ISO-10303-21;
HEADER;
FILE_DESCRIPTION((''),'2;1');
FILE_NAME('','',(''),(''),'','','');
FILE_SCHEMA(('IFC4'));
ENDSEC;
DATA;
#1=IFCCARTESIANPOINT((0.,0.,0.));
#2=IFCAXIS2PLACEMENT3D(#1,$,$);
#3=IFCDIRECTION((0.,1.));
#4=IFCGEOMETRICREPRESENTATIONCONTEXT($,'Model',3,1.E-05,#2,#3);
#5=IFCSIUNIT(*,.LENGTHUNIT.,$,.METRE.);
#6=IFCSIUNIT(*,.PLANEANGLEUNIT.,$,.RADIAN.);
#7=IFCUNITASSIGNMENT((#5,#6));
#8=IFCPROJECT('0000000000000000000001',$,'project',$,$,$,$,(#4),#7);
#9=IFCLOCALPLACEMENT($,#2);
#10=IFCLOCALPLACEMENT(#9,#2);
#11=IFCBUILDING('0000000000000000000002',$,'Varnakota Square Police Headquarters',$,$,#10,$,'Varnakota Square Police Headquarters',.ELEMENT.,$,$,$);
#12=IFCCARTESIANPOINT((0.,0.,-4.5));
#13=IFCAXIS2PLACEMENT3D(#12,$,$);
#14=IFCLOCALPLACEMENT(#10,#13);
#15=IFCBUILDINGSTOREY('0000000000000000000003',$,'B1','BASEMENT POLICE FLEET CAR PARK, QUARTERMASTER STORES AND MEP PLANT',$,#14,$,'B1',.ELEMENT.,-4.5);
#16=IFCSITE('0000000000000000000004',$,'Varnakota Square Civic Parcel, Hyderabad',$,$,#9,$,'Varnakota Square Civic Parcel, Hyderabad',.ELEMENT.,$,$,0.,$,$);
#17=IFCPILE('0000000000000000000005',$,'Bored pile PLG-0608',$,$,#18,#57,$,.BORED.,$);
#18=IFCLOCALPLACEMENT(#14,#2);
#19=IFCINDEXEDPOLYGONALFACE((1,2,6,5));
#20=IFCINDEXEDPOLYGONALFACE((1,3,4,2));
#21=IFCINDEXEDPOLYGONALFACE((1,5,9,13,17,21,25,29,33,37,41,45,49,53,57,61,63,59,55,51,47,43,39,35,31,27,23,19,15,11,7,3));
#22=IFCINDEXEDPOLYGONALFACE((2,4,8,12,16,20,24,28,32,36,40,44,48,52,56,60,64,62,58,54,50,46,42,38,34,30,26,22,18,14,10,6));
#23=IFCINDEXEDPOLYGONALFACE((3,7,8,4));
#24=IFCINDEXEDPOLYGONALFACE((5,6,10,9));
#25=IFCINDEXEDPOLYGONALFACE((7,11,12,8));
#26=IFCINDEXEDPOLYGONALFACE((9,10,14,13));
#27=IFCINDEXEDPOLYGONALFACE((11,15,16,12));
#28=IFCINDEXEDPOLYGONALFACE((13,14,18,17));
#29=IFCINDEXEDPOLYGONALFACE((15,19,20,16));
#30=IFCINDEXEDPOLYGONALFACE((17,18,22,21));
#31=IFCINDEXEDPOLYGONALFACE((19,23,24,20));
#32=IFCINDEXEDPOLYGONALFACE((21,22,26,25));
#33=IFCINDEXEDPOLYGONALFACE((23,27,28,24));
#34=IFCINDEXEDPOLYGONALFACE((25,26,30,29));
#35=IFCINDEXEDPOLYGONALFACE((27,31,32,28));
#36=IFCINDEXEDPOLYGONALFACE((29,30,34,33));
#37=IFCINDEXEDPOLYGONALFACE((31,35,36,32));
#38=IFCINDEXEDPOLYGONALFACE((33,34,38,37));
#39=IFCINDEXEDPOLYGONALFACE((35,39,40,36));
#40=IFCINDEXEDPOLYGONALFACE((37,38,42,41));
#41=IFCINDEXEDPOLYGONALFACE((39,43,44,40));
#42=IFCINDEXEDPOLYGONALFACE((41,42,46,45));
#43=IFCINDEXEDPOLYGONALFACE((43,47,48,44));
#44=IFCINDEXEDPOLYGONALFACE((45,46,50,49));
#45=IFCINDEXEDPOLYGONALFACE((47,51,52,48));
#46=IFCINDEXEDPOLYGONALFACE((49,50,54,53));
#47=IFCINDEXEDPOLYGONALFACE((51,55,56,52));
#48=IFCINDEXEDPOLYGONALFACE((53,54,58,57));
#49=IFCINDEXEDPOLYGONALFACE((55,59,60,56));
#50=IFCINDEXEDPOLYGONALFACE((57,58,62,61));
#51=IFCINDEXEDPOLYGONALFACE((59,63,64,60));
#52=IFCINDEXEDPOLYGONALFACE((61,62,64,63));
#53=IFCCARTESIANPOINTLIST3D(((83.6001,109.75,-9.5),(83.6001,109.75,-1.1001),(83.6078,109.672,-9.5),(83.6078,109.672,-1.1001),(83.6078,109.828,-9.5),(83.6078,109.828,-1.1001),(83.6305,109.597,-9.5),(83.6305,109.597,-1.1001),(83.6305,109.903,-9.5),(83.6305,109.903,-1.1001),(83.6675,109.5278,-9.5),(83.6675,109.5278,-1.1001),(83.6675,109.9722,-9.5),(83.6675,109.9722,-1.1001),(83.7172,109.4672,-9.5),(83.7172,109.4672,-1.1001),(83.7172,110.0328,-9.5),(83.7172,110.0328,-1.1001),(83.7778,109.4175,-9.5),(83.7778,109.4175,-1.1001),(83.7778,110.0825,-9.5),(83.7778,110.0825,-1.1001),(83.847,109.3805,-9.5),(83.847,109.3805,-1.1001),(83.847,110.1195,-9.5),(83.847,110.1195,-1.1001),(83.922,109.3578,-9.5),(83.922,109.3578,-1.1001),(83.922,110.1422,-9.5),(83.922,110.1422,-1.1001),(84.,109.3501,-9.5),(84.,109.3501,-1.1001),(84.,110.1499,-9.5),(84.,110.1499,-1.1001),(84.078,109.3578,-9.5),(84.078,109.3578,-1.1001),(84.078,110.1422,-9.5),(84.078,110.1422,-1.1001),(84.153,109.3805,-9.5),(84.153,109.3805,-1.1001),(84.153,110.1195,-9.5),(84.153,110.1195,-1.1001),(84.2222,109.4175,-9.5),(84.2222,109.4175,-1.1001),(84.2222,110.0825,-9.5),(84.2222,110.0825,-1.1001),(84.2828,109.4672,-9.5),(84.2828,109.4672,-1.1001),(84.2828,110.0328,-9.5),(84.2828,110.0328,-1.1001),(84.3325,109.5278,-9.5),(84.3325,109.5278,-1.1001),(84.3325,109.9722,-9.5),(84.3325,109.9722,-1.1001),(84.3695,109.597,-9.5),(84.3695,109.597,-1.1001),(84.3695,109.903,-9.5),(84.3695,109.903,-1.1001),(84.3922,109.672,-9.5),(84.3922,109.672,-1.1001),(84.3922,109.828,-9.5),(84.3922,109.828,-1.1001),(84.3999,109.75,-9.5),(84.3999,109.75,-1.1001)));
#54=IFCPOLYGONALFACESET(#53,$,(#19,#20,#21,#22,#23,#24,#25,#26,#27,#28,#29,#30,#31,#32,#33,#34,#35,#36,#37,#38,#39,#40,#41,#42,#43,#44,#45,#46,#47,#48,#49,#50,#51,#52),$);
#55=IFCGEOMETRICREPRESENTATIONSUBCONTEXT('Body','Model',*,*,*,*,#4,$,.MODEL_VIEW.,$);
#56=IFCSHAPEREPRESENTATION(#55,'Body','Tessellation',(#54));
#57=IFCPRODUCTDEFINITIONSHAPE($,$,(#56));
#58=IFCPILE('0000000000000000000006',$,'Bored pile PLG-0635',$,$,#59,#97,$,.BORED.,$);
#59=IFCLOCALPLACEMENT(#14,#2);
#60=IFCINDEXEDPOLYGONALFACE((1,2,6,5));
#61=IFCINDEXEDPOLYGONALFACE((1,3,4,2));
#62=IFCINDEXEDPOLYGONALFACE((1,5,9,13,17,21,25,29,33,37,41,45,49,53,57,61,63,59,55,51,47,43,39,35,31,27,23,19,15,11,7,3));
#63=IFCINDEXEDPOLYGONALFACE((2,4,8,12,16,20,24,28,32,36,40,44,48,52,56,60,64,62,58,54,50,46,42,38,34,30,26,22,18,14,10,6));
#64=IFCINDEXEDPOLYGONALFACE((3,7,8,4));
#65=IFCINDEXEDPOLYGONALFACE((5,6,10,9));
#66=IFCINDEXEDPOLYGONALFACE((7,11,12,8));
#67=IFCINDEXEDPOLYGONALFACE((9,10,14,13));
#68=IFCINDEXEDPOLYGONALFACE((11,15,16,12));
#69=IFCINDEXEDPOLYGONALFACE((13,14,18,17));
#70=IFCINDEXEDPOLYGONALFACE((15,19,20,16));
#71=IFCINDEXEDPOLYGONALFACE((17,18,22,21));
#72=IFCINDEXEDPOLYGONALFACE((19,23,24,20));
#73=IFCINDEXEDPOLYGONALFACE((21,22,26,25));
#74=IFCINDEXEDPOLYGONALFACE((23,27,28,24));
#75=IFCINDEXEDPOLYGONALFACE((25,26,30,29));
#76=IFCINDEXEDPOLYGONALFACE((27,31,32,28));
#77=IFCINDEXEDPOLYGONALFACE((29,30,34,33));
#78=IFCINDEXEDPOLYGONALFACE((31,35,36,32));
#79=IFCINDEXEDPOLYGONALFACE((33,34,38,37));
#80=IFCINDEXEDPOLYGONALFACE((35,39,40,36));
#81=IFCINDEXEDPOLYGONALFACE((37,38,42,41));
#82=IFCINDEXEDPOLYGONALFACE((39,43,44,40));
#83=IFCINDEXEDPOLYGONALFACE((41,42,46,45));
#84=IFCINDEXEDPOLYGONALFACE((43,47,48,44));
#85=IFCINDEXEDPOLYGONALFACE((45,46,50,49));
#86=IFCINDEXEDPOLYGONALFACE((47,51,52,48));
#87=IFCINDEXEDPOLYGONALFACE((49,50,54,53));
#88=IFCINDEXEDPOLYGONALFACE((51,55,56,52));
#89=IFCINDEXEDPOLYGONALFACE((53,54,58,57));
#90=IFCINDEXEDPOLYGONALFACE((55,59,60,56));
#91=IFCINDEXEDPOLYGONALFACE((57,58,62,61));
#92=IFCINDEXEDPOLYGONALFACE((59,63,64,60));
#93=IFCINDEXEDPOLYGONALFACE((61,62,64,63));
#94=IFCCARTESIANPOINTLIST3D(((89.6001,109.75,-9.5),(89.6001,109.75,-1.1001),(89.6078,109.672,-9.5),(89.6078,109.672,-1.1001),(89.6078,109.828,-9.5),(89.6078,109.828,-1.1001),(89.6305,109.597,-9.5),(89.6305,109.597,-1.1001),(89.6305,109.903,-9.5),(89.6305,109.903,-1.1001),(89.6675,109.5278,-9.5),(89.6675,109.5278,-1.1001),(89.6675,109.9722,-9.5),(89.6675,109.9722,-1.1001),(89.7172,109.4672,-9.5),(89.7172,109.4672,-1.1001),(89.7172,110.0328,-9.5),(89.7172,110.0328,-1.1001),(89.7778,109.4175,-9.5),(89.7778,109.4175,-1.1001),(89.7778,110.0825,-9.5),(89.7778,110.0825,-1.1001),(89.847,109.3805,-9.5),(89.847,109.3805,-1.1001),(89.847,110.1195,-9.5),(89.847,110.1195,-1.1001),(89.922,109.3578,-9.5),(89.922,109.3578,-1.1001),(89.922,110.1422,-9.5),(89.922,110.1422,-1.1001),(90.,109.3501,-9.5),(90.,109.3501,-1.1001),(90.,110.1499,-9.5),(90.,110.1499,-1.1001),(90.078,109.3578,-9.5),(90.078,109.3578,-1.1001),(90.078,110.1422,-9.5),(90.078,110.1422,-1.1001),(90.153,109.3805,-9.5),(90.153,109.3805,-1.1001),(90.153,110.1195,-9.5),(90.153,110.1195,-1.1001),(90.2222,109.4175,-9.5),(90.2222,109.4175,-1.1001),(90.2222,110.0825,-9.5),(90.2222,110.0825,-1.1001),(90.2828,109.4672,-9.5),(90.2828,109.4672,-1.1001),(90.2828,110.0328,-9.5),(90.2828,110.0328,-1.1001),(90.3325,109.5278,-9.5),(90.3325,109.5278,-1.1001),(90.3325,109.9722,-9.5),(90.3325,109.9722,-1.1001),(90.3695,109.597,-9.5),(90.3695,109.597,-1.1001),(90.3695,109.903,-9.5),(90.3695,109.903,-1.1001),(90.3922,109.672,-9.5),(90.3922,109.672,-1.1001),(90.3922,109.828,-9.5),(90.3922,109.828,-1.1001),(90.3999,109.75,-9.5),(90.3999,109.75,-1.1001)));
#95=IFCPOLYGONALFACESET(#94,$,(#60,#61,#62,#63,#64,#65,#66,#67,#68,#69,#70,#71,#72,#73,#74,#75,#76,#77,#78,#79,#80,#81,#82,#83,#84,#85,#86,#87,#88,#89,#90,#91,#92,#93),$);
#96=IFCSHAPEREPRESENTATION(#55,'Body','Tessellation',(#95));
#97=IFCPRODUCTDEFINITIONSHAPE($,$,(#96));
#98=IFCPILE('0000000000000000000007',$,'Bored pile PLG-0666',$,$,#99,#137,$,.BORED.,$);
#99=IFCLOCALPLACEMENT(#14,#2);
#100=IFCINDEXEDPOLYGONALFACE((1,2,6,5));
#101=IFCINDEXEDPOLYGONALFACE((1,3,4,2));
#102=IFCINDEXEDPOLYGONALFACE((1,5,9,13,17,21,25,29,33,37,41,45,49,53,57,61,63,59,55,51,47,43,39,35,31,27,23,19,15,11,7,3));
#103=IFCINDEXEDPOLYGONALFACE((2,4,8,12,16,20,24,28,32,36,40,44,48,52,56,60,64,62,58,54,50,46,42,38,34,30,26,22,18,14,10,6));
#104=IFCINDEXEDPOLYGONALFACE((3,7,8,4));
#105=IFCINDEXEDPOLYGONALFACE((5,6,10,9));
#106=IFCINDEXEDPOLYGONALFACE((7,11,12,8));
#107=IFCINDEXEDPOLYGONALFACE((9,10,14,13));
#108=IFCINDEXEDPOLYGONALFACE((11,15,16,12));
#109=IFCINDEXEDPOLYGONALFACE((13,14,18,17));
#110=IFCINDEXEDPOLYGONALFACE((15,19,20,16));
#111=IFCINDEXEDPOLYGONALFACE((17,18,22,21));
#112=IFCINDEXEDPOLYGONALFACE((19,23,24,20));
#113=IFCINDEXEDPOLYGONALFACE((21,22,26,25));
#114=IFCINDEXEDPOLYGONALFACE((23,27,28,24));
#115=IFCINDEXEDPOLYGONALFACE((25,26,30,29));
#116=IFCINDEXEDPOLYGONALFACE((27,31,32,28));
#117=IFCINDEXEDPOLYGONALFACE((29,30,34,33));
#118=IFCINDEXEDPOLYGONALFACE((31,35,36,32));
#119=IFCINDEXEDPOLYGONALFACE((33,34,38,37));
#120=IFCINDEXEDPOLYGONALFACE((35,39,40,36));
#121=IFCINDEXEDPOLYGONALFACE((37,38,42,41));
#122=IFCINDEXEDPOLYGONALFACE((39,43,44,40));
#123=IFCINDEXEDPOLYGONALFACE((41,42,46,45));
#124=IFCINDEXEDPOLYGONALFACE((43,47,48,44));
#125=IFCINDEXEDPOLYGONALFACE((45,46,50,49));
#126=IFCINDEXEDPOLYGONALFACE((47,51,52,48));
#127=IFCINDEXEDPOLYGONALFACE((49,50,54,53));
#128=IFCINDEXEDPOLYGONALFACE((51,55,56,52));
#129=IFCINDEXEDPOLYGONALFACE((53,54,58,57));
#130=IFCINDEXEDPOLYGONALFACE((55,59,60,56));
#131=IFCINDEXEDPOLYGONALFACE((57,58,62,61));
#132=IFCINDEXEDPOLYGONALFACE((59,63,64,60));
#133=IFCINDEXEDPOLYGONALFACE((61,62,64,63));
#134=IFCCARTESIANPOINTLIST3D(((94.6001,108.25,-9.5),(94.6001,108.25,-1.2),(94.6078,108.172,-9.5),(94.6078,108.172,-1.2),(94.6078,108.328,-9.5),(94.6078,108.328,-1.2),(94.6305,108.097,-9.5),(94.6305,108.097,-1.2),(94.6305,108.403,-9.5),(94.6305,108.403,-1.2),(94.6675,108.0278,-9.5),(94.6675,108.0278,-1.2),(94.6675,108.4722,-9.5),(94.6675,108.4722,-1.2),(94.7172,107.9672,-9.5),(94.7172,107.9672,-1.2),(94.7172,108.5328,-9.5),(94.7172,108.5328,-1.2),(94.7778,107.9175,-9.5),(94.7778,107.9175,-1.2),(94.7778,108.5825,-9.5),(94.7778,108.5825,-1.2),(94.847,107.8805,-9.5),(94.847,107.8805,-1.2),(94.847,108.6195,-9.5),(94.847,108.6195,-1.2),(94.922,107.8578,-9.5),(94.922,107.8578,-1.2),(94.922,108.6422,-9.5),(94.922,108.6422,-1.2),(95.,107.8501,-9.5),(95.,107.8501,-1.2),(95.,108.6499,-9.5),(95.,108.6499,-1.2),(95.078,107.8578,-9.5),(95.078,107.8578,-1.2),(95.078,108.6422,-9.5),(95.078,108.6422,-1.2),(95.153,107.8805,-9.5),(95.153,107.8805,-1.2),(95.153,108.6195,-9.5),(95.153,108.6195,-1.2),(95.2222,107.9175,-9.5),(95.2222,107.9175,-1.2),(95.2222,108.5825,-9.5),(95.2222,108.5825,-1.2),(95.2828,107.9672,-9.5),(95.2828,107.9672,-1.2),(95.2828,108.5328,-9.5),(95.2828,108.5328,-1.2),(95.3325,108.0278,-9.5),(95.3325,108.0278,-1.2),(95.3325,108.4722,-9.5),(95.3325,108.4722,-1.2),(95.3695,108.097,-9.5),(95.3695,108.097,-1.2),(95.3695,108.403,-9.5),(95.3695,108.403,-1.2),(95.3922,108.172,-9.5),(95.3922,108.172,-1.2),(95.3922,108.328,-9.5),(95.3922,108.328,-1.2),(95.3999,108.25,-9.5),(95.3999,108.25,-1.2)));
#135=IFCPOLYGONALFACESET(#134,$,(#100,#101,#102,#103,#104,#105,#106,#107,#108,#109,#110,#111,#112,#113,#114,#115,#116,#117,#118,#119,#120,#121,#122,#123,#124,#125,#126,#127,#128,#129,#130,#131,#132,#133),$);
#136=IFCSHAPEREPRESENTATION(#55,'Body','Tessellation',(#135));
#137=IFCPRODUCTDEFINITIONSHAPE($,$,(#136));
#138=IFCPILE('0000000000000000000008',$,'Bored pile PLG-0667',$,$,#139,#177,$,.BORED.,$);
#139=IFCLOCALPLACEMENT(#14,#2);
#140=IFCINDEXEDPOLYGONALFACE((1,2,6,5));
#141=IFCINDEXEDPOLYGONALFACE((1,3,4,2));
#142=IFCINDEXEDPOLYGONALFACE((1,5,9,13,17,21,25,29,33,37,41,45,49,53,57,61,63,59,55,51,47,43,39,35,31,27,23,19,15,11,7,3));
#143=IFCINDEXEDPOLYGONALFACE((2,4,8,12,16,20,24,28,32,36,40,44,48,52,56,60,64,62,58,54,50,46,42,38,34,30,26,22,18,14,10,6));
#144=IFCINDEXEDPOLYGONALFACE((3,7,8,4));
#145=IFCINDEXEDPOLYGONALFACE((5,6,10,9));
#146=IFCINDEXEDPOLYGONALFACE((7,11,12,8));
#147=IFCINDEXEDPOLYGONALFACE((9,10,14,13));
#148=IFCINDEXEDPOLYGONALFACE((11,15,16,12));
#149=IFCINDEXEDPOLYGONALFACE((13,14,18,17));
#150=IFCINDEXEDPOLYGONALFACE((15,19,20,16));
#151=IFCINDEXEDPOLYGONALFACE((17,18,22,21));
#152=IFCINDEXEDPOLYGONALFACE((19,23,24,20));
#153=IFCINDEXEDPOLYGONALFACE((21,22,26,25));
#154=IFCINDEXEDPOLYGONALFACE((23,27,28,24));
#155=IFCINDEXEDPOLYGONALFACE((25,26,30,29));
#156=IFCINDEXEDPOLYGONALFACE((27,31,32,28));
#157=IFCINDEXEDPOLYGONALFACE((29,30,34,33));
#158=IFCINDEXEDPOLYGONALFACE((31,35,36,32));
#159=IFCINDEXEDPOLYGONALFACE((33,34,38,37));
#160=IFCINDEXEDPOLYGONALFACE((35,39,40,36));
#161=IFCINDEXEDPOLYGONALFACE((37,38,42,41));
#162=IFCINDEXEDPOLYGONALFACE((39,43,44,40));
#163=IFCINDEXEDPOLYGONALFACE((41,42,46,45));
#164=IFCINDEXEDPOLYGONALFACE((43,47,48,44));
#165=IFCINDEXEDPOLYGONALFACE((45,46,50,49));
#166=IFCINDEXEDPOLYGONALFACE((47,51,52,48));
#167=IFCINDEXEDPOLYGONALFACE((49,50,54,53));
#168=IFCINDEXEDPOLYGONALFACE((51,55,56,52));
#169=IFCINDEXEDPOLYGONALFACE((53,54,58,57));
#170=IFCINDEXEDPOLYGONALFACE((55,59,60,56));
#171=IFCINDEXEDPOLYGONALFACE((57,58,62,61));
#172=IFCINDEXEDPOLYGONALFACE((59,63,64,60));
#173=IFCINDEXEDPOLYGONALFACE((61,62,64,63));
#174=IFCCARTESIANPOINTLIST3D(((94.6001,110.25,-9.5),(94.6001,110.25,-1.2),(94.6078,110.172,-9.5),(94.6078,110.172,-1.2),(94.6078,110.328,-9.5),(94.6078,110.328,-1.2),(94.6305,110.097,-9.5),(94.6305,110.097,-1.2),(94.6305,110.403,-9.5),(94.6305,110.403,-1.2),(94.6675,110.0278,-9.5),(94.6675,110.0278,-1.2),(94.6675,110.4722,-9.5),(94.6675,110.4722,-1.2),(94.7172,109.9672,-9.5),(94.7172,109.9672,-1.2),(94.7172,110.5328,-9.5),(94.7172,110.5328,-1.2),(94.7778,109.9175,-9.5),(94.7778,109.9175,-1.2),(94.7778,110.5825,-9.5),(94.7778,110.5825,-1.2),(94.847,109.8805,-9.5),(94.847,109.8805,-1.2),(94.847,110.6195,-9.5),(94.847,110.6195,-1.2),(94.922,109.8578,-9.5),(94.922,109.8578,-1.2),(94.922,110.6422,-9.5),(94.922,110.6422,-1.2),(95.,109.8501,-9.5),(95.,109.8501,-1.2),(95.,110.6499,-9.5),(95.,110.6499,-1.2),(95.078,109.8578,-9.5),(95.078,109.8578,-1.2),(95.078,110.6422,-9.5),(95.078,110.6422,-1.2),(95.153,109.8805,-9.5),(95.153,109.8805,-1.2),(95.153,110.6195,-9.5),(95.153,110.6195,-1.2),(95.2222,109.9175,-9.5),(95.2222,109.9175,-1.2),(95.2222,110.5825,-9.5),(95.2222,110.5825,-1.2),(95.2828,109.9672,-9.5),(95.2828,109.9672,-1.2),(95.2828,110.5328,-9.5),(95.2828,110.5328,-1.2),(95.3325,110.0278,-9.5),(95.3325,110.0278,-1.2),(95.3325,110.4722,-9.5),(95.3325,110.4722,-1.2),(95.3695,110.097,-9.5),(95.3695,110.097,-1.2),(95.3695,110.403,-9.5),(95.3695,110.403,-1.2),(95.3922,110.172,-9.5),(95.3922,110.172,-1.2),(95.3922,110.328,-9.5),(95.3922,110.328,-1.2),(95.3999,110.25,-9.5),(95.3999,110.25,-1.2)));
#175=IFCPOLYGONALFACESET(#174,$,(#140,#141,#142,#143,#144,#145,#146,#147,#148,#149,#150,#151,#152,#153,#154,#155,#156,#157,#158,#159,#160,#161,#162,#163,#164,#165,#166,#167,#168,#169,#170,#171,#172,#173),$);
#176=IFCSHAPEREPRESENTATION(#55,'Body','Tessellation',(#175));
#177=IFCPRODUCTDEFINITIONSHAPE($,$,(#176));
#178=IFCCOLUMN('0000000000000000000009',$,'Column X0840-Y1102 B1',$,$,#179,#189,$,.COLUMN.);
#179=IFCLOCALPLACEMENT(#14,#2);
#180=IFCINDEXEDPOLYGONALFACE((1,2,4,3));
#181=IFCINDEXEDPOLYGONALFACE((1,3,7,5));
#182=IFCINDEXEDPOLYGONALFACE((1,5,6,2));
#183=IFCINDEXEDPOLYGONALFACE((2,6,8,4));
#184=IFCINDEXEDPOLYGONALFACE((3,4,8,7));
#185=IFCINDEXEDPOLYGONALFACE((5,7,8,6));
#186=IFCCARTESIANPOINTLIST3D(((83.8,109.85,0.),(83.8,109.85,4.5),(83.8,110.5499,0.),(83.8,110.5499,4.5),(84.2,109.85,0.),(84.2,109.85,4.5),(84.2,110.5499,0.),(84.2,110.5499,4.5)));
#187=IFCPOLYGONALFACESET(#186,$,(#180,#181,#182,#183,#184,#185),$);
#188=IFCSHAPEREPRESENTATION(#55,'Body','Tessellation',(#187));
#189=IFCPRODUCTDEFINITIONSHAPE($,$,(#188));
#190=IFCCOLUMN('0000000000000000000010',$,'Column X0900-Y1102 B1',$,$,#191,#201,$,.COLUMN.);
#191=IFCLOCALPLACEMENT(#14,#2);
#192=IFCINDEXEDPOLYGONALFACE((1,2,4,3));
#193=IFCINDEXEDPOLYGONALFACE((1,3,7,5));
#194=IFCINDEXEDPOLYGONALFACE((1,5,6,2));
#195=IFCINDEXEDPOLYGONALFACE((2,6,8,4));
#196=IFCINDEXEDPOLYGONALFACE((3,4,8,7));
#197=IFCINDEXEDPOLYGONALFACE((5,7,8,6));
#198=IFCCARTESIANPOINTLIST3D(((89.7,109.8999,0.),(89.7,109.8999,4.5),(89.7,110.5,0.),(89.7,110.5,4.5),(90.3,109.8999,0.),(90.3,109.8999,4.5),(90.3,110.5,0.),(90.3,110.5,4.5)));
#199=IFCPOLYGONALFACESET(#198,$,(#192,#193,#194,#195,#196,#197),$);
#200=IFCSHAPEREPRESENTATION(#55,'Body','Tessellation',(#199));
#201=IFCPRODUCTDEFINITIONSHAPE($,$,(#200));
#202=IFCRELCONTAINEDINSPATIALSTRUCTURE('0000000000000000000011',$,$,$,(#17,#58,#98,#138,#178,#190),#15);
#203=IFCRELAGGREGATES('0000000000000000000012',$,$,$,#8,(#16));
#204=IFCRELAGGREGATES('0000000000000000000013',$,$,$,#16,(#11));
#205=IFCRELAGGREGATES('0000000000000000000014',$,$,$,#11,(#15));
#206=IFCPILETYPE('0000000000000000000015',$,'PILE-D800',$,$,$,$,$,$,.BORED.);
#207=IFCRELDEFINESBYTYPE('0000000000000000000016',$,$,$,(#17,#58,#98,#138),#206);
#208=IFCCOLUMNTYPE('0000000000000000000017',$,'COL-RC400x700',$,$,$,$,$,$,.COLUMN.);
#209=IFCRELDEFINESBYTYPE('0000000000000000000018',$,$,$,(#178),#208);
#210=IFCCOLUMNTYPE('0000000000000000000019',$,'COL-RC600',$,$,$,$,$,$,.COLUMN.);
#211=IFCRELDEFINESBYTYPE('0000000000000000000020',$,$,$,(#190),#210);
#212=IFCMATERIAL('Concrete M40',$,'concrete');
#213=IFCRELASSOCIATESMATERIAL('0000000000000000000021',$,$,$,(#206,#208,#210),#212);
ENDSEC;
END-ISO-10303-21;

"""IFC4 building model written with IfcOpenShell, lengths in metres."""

from ifc_helpers import new_model, si_unit, direction, frame, origin, origin_2d, place, context, subcontext, project, spatial, rectangle, circle, extrude, material, material_profile, profile_set, type_object, element, save


model = new_model("IFC4")

# Units and contexts
model_context = context("Model", 3, precision=1e-05, world=origin(), true_north=direction((0.0, 1.0)))
body_context = subcontext(model_context, "Body", "Model", "MODEL_VIEW")
ifc_project = project(units=[si_unit("LENGTHUNIT", "METRE"), si_unit("PLANEANGLEUNIT", "RADIAN")], contexts=[model_context])

# Site, building, storey
site_placement = place(None, origin())
site = spatial("IfcSite", under=ifc_project, at=site_placement, Name="Varnakota Square Civic Parcel, Hyderabad", LongName="Varnakota Square Civic Parcel, Hyderabad", CompositionType="ELEMENT", RefElevation=0.0)
building_placement = place(site_placement, origin())
building = spatial("IfcBuilding", under=site, at=building_placement, Name="Varnakota Square Police Headquarters", LongName="Varnakota Square Police Headquarters", CompositionType="ELEMENT")
storey_placement = place(building_placement, frame((0.0, 0.0, -4.5)))
storey = spatial("IfcBuildingStorey", under=building, at=storey_placement, Name="B1", Description="BASEMENT POLICE FLEET CAR PARK, QUARTERMASTER STORES AND MEP PLANT", LongName="B1", CompositionType="ELEMENT", Elevation=-4.5)

# Shared definitions
ifc_material_1 = material(Name="Concrete M40", Category="concrete")

# Piles
ifc_material_profile_1 = material_profile(ifc_material_1, circle(Radius=0.3999, at=origin_2d()), Name="BORED PILE 800")
ifc_profile_set_1 = profile_set([ifc_material_profile_1], Name="Concrete M40")
pile_type_1 = type_object("IfcPileType", Name="PILE-D800", PredefinedType="BORED", material=ifc_profile_set_1)
for number, where, z_axis, x_axis, name in (
    (1, (84.0, 109.75, -1.1001), (0.0, 0.0, -1.0), (1.0, 0.0, 0.0), "Bored pile PLG-0608"),
    (2, (90.0, 109.75, -1.1001), (0.0, 0.0, -1.0), (1.0, 0.0, 0.0), "Bored pile PLG-0635"),
):
    element("IfcPile", number, at=place(storey_placement, frame(where, z_axis=z_axis, x_axis=x_axis)), inside=storey, type_object=pile_type_1, Name=name, PredefinedType="BORED", context=body_context, shape_type="SweptSolid", body=[
        extrude(circle(Radius=0.3999, at=origin_2d()), origin(), (0.0, 0.0, 1.0), 8.3999),
    ])
for number, where, z_axis, x_axis, name in (
    (3, (95.0, 108.25, -1.2), (0.0, 0.0, -1.0), (1.0, 0.0, 0.0), "Bored pile PLG-0666"),
    (4, (95.0, 110.25, -1.2), (0.0, 0.0, -1.0), (1.0, 0.0, 0.0), "Bored pile PLG-0667"),
):
    element("IfcPile", number, at=place(storey_placement, frame(where, z_axis=z_axis, x_axis=x_axis)), inside=storey, type_object=pile_type_1, Name=name, PredefinedType="BORED", context=body_context, shape_type="SweptSolid", body=[
        extrude(circle(Radius=0.3999, at=origin_2d()), origin(), (0.0, 0.0, 1.0), 8.3),
    ])

# Columns
ifc_material_profile_2 = material_profile(ifc_material_1, rectangle(XDim=0.3999, YDim=0.7, at=origin_2d()), Name="RC 400x700")
ifc_profile_set_2 = profile_set([ifc_material_profile_2], Name="Concrete M40")
column_type_1 = type_object("IfcColumnType", Name="COL-RC400x700", PredefinedType="COLUMN", material=ifc_profile_set_2)
column_1_placement = place(storey_placement, frame((84.0, 110.2, 0.0), z_axis=(0.0, 0.0, 1.0), x_axis=(1.0, 0.0, 0.0)))
element("IfcColumn", 5, at=column_1_placement, inside=storey, type_object=column_type_1, Name="Column X0840-Y1102 B1", PredefinedType="COLUMN", context=body_context, shape_type="SweptSolid", body=[
    extrude(rectangle(XDim=0.3999, YDim=0.7, at=origin_2d()), origin(), (0.0, 0.0, 1.0), 4.5),
])
ifc_material_profile_3 = material_profile(ifc_material_1, rectangle(XDim=0.6001, YDim=0.6001, at=origin_2d()), Name="RC 600x600")
ifc_profile_set_3 = profile_set([ifc_material_profile_3], Name="Concrete M40")
column_type_2 = type_object("IfcColumnType", Name="COL-RC600", PredefinedType="COLUMN", material=ifc_profile_set_3)
column_2_placement = place(storey_placement, frame((90.0, 110.2, 0.0), z_axis=(0.0, 0.0, 1.0), x_axis=(1.0, 0.0, 0.0)))
element("IfcColumn", 6, at=column_2_placement, inside=storey, type_object=column_type_2, Name="Column X0900-Y1102 B1", PredefinedType="COLUMN", context=body_context, shape_type="SweptSolid", body=[
    extrude(rectangle(XDim=0.6001, YDim=0.6001, at=origin_2d()), origin(), (0.0, 0.0, 1.0), 4.5),
])

save(model, "model.ifc")
